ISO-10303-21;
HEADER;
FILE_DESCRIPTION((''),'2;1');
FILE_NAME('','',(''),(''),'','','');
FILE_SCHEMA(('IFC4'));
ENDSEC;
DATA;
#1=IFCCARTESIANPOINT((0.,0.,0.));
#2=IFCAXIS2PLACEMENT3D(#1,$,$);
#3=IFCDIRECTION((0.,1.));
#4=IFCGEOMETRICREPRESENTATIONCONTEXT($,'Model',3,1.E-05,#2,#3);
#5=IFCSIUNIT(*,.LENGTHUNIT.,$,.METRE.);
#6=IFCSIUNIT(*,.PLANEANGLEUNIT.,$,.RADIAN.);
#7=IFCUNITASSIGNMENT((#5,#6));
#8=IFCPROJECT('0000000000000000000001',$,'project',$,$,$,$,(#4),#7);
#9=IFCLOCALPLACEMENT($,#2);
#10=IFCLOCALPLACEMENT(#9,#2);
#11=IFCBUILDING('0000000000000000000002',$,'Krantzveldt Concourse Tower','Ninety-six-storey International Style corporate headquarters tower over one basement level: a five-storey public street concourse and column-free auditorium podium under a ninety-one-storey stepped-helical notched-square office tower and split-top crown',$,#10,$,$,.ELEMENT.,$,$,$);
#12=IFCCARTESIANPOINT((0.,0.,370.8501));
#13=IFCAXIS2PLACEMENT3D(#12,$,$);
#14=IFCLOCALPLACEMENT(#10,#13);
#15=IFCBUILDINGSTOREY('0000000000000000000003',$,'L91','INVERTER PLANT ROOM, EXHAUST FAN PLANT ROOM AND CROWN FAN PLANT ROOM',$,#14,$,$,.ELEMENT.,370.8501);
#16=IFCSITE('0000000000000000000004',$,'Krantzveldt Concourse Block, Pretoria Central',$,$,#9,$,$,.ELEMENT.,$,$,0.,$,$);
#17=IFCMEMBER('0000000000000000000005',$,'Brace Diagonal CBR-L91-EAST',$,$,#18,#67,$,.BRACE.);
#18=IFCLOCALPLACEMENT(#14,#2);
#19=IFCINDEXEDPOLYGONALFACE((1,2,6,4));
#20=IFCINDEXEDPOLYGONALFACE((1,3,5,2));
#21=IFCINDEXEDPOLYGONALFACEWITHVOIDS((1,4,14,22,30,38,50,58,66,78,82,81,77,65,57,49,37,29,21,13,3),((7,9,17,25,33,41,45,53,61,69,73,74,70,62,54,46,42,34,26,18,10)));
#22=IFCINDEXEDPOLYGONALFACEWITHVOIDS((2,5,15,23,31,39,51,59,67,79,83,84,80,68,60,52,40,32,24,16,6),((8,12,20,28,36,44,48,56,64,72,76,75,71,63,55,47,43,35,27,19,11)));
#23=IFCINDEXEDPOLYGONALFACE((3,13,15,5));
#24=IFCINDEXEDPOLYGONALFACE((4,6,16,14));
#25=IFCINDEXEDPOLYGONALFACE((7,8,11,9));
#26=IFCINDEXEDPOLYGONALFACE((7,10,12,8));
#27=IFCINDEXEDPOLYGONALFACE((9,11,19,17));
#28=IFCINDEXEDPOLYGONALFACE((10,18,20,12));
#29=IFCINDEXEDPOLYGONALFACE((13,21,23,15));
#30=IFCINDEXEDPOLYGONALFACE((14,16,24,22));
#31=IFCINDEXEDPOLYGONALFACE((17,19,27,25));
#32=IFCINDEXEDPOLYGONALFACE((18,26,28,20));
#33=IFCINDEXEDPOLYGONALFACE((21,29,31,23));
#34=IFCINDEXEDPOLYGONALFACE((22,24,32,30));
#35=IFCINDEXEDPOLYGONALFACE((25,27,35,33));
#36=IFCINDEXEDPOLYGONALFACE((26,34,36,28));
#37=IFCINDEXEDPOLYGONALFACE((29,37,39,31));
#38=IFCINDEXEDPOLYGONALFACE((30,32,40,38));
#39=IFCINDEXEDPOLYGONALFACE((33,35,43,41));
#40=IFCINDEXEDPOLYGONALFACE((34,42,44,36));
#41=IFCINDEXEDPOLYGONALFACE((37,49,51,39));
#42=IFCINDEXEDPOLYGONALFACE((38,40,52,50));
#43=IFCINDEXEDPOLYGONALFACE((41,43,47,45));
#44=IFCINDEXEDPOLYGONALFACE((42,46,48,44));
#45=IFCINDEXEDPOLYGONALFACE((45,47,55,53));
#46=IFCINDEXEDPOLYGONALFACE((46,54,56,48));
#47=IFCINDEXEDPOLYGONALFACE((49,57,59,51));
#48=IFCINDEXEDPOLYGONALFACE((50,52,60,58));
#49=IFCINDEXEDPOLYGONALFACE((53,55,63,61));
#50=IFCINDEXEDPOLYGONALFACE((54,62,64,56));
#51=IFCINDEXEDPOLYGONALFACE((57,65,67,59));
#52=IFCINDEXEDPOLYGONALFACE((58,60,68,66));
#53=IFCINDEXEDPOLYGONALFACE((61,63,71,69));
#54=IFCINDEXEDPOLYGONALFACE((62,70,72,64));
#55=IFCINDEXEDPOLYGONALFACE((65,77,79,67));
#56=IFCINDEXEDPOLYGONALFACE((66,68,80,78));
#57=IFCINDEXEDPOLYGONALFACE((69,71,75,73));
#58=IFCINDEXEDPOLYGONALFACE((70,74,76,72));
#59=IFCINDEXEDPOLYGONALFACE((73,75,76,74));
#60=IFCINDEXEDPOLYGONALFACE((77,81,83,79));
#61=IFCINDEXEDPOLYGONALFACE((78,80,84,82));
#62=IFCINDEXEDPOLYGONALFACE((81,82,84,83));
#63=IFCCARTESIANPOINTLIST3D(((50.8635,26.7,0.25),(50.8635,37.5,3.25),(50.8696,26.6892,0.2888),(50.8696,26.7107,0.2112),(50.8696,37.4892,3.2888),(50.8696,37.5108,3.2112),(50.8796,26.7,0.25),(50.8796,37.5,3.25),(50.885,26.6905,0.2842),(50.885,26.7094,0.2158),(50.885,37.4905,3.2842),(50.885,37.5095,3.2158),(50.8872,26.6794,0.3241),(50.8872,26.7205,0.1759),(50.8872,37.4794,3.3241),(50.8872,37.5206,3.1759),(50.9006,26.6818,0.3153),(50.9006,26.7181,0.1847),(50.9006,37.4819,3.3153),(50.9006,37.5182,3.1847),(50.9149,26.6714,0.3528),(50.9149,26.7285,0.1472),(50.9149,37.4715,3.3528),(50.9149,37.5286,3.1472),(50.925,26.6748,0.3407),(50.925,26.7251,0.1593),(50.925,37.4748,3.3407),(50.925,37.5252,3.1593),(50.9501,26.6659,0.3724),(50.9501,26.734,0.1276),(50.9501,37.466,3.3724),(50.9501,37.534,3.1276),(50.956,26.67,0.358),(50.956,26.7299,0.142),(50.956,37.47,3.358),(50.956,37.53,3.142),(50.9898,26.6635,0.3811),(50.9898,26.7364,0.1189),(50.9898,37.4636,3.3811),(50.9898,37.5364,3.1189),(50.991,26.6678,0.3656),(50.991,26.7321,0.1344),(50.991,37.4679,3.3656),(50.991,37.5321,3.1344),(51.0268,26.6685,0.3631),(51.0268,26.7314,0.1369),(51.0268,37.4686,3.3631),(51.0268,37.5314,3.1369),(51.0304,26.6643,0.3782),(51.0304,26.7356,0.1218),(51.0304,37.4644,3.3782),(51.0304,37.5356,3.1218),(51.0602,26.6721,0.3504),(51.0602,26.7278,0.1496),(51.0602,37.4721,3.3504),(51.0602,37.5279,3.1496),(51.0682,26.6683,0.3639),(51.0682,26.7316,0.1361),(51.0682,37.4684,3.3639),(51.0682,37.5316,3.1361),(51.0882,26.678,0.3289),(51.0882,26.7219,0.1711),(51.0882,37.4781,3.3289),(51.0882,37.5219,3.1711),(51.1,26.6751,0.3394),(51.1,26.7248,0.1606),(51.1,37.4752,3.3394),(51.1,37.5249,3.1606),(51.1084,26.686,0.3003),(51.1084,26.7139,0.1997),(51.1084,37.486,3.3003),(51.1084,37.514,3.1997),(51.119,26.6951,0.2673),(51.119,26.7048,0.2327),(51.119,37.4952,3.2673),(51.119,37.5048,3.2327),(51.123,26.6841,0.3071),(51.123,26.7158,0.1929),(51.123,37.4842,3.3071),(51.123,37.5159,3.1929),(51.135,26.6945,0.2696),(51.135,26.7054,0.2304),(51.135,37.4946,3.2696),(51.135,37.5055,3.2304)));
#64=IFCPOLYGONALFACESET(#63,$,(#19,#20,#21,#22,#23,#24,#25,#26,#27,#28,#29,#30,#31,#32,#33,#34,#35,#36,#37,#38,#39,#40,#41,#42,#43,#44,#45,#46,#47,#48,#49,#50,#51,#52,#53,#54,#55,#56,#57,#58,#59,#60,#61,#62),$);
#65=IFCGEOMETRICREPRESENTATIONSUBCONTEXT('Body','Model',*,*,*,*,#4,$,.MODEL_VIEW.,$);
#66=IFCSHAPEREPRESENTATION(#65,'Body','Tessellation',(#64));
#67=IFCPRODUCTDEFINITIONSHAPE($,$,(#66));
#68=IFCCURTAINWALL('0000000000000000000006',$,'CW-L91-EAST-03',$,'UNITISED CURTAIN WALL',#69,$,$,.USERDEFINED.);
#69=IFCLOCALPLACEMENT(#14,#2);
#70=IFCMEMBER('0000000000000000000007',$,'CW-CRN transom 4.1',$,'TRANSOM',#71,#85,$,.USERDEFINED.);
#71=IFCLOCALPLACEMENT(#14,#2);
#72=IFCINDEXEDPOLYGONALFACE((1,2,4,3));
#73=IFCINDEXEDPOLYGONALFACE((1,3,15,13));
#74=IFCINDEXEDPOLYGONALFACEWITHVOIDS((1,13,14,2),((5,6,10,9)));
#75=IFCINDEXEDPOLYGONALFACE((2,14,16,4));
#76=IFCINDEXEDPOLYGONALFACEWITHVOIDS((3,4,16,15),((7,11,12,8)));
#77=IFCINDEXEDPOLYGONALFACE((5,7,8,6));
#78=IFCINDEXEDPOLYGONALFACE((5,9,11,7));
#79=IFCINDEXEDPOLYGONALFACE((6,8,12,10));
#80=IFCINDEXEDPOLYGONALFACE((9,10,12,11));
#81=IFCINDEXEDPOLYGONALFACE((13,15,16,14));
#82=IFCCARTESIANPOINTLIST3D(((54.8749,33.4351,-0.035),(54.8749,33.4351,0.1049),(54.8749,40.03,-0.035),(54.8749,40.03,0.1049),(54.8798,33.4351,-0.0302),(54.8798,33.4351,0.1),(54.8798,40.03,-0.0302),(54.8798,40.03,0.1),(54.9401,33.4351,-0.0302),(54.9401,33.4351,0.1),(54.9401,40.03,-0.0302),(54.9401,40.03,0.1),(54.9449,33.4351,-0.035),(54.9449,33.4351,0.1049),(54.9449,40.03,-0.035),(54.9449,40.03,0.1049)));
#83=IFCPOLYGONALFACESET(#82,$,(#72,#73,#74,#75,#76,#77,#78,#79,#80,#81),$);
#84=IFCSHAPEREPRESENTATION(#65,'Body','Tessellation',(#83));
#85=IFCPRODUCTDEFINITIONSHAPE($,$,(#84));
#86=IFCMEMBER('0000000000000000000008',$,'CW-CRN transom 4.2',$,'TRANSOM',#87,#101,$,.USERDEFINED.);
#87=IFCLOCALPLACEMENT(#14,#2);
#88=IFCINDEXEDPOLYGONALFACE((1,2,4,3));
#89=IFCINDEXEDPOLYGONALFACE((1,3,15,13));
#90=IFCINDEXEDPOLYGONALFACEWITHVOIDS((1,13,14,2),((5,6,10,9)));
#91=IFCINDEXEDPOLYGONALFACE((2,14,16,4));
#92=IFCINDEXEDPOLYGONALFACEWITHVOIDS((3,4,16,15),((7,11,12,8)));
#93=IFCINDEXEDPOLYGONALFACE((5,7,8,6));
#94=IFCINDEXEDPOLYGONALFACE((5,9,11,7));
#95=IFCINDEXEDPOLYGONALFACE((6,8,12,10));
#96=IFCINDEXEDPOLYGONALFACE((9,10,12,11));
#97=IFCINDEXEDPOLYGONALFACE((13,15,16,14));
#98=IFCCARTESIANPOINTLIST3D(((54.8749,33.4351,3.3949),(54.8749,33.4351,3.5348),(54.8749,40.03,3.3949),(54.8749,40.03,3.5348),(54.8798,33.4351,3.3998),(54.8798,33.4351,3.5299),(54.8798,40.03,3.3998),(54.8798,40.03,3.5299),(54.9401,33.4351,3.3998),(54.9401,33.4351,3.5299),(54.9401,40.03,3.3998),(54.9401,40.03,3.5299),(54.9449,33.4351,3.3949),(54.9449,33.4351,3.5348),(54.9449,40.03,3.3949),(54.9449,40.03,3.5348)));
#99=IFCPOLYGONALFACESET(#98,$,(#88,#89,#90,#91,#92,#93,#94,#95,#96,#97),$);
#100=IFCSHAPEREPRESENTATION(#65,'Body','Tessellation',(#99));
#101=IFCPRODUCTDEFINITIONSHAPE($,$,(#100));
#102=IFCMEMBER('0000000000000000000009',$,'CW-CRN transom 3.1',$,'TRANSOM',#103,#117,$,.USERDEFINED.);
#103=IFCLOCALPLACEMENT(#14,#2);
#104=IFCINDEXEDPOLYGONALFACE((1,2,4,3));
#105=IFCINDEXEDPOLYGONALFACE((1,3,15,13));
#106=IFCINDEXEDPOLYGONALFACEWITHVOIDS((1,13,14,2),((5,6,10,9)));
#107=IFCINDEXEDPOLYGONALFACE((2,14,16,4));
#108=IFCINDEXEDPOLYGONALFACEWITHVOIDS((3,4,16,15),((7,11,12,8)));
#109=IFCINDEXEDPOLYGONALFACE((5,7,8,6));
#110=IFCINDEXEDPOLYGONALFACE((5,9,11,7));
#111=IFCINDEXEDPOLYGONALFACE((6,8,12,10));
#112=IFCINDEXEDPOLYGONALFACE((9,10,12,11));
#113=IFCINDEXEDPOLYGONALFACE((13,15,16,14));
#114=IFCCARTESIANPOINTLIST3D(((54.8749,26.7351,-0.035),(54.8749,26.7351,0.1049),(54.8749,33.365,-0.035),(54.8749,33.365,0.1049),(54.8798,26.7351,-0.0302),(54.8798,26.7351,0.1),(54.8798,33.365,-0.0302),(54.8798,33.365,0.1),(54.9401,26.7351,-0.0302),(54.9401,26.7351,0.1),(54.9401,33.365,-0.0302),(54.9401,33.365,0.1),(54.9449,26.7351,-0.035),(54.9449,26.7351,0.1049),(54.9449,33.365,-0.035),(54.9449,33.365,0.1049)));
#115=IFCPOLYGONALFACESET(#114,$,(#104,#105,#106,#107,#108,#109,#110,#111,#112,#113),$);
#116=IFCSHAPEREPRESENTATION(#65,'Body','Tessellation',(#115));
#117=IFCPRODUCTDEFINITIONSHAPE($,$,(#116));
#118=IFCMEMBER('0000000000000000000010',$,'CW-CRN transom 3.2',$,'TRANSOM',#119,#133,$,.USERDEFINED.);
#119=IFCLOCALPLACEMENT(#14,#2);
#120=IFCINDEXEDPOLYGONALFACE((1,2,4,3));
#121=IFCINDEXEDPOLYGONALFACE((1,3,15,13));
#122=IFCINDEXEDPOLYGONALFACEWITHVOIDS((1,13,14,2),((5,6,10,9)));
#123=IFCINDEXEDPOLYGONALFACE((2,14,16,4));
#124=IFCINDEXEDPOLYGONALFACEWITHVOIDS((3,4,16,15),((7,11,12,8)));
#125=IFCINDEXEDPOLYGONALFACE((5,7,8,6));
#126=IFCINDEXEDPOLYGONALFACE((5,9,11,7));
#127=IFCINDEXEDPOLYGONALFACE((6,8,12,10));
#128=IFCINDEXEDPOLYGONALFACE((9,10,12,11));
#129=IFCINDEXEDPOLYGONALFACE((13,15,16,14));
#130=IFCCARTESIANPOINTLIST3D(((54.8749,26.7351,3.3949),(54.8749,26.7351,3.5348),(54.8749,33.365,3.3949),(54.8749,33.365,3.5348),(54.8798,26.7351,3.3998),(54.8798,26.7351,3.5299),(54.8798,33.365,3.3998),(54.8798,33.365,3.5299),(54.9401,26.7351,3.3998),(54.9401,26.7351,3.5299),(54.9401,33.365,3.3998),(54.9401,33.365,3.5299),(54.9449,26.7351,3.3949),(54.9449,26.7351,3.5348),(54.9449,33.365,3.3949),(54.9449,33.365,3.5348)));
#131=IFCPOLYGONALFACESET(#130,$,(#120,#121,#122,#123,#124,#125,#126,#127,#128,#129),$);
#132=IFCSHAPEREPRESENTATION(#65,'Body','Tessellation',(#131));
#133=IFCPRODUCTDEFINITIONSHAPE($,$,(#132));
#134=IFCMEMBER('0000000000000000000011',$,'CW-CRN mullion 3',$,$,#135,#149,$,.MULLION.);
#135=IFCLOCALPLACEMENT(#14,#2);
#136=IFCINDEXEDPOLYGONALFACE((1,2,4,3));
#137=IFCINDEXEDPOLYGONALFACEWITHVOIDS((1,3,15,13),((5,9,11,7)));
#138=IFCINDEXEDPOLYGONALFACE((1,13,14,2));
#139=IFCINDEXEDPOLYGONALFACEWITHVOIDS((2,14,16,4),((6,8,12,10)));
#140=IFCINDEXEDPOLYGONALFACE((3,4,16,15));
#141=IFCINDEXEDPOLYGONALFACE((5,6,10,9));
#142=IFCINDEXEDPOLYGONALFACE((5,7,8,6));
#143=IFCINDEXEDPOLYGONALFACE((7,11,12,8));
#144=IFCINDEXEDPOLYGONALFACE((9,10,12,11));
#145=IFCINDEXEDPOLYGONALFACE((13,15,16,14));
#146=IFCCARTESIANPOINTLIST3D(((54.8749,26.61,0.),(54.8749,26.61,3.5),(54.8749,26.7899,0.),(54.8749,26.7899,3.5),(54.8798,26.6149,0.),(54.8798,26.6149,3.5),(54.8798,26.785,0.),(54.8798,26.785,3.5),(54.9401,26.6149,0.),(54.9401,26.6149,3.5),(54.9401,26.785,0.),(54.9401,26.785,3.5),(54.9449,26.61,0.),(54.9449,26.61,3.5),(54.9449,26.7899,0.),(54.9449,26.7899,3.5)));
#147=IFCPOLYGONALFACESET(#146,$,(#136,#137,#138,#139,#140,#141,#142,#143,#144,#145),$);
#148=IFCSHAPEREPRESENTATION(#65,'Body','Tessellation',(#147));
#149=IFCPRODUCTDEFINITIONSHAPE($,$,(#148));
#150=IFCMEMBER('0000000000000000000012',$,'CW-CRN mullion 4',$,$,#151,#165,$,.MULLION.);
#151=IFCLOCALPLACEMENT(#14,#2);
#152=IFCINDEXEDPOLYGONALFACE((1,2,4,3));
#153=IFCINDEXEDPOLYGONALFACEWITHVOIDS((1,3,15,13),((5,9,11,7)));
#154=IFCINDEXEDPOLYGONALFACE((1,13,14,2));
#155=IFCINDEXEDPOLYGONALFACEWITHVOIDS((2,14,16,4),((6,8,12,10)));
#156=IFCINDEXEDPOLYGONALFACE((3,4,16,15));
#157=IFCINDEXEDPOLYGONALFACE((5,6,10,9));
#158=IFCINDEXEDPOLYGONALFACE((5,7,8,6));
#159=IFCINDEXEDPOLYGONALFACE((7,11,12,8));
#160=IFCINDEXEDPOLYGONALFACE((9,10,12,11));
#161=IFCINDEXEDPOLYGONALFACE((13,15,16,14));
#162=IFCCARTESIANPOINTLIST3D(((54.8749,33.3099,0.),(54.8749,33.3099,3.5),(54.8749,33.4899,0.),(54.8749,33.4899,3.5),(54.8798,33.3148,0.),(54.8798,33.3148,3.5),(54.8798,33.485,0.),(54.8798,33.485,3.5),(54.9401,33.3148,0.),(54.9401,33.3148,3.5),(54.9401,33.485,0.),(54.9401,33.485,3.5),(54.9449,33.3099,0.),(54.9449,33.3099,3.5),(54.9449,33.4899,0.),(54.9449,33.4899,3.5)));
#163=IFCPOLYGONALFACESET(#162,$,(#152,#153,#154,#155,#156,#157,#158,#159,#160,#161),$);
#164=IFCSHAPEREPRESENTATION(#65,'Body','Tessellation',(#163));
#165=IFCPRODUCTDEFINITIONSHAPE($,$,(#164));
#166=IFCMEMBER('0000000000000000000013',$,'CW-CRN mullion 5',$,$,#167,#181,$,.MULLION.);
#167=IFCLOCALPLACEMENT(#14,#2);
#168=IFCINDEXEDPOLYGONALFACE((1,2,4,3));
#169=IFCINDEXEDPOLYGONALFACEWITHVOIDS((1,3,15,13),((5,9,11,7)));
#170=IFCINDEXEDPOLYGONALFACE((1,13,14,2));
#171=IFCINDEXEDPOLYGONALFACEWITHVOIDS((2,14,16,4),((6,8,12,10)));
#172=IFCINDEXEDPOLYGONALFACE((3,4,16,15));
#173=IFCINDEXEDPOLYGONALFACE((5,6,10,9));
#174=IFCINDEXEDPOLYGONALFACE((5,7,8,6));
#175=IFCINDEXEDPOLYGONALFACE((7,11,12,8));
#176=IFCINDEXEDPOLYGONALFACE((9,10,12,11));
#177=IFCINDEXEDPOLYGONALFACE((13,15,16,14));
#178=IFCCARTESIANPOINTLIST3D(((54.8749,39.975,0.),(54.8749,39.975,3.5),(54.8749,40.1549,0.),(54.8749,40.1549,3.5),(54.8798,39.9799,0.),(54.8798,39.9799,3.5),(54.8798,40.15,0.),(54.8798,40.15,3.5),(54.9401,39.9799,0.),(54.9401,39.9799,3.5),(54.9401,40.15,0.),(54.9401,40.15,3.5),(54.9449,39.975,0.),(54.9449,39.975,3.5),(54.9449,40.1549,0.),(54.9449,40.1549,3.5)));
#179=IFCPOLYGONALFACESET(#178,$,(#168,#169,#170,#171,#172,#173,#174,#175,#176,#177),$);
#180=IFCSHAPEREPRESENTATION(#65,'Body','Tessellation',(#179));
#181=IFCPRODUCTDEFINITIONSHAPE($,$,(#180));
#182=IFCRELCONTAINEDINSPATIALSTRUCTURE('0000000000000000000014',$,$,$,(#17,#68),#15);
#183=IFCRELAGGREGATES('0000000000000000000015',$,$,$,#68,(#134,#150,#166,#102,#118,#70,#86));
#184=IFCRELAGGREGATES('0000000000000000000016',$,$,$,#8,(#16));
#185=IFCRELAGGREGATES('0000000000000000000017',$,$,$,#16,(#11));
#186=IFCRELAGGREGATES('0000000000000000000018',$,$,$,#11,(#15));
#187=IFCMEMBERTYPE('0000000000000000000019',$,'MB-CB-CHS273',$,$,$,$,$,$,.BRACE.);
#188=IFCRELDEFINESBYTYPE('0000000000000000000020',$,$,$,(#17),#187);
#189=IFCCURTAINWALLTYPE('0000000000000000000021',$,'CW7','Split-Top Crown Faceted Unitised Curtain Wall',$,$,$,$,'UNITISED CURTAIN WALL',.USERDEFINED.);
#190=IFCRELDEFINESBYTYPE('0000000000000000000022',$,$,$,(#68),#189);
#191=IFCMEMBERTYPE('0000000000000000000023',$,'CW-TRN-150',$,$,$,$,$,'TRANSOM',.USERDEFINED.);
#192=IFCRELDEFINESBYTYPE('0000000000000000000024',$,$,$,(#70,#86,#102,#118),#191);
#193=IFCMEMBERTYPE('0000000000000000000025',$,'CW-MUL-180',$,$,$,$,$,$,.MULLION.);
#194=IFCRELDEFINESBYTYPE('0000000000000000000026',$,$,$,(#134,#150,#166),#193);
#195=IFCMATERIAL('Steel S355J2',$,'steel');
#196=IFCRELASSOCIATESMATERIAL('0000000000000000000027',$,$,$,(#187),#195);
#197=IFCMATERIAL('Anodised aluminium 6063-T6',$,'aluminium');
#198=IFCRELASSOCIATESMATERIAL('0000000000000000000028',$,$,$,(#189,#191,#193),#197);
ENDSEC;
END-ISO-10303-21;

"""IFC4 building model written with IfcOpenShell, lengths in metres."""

from ifc_helpers import new_model, si_unit, direction, frame, origin, origin_2d, place, context, subcontext, project, spatial, hollow_rectangle, hollow_circle, extrude, source, transform, mapped, material, material_profile, profile_set, type_object, type_shapes, element, aggregate, save


model = new_model("IFC4")

# Units and contexts
model_context = context("Model", 3, precision=1e-05, world=origin(), true_north=direction((0.0, 1.0)))
body_context = subcontext(model_context, "Body", "Model", "MODEL_VIEW")
ifc_project = project(units=[si_unit("LENGTHUNIT", "METRE"), si_unit("PLANEANGLEUNIT", "RADIAN")], contexts=[model_context])

# Site, building, storey
site_placement = place(None, origin())
site = spatial("IfcSite", under=ifc_project, at=site_placement, Name="Krantzveldt Concourse Block, Pretoria Central", CompositionType="ELEMENT", RefElevation=0.0)
building_placement = place(site_placement, origin())
building = spatial("IfcBuilding", under=site, at=building_placement, Name="Krantzveldt Concourse Tower", Description="Ninety-six-storey International Style corporate headquarters tower over one basement level: a five-storey public street concourse and column-free auditorium podium under a ninety-one-storey stepped-helical notched-square office tower and split-top crown", CompositionType="ELEMENT")
storey_placement = place(building_placement, frame((0.0, 0.0, 370.8501)))
storey = spatial("IfcBuildingStorey", under=building, at=storey_placement, Name="L91", Description="INVERTER PLANT ROOM, EXHAUST FAN PLANT ROOM AND CROWN FAN PLANT ROOM", CompositionType="ELEMENT", Elevation=370.8501)

# Shared definitions
ifc_material_1 = material(Name="Steel S355J2", Category="steel")

# Member
ifc_material_profile_1 = material_profile(ifc_material_1, hollow_circle(Radius=0.1365, WallThickness=0.0161, at=origin_2d()), Name="Steel S355J2", Category="steel")
ifc_profile_set_1 = profile_set([ifc_material_profile_1], Name="Steel S355J2 - CHS 273x16")
member_type_1 = type_object("IfcMemberType", Name="MB-CB-CHS273", PredefinedType="BRACE", material=ifc_profile_set_1)
shared_shape_1 = source(origin(), body_context, "Body", "SweptSolid", [
    extrude(hollow_circle(Radius=0.1365, WallThickness=0.0161, at=origin_2d()), origin(), (0.0, 0.0, 1.0), 11.209),
])
type_shapes(member_type_1, [shared_shape_1])
member_1_placement = place(storey_placement, frame((51.0, 26.7, 0.25), z_axis=(0.0, 0.963518, 0.267643), x_axis=(-1.0, 0.0, 0.0)))
element("IfcMember", 1, at=member_1_placement, inside=storey, type_object=member_type_1, Name="Brace Diagonal CBR-L91-EAST", PredefinedType="BRACE", context=body_context, shape_type="MappedRepresentation", body=[
    mapped(shared_shape_1, transform((0.0, 0.0, 0.0), x_axis=(1.0, 0.0, 0.0), y_axis=(0.0, 1.0, 0.0), z_axis=(0.0, 0.0, 1.0), scale=1.0)),
])

# Curtain wall, members
ifc_material_2 = material(Name="Anodised aluminium 6063-T6", Category="aluminium")
curtain_wall_type = type_object("IfcCurtainWallType", Name="CW7", Description="Split-Top Crown Faceted Unitised Curtain Wall", ElementType="UNITISED CURTAIN WALL", PredefinedType="USERDEFINED", material=ifc_material_2)
curtain_wall_1_placement = place(storey_placement, origin())
curtain_wall_1 = element("IfcCurtainWall", 2, at=curtain_wall_1_placement, inside=storey, type_object=curtain_wall_type, Name="CW-L91-EAST-03", ObjectType="UNITISED CURTAIN WALL", PredefinedType="USERDEFINED")
ifc_material_profile_2 = material_profile(ifc_material_2, hollow_rectangle(XDim=0.0701, YDim=0.1399, WallThickness=0.0049, at=origin_2d()), Name="Anodised aluminium 6063-T6", Category="aluminium")
ifc_profile_set_2 = profile_set([ifc_material_profile_2], Name="Anodised aluminium 6063-T6 - ALU-TRAN 140x70x5")
member_type_2 = type_object("IfcMemberType", Name="CW-TRN-150", ElementType="TRANSOM", PredefinedType="USERDEFINED", material=ifc_profile_set_2)
shared_shape_2 = source(origin(), body_context, "Body", "SweptSolid", [
    extrude(hollow_rectangle(XDim=0.0701, YDim=0.1399, WallThickness=0.0049, at=origin_2d()), origin(), (0.0, 0.0, 1.0), 6.595),
])
member_2_placement = place(storey_placement, frame((54.9099, 33.4351, 0.0349), z_axis=(0.0, 1.0, 0.0), x_axis=(-1.0, 0.0, 0.0)))
member_2 = element("IfcMember", 3, at=member_2_placement, type_object=member_type_2, Name="CW-CRN transom 4.1", ObjectType="TRANSOM", PredefinedType="USERDEFINED", context=body_context, shape_type="MappedRepresentation", body=[
    mapped(shared_shape_2, transform((0.0, 0.0, 0.0), x_axis=(1.0, 0.0, 0.0), y_axis=(0.0, 1.0, 0.0), z_axis=(0.0, 0.0, 1.0), scale=1.0)),
])
member_3_placement = place(storey_placement, frame((54.9099, 33.4351, 3.4648), z_axis=(0.0, 1.0, 0.0), x_axis=(-1.0, 0.0, 0.0)))
member_3 = element("IfcMember", 4, at=member_3_placement, type_object=member_type_2, Name="CW-CRN transom 4.2", ObjectType="TRANSOM", PredefinedType="USERDEFINED", context=body_context, shape_type="MappedRepresentation", body=[
    mapped(shared_shape_2, transform((0.0, 0.0, 0.0), x_axis=(1.0, 0.0, 0.0), y_axis=(0.0, 1.0, 0.0), z_axis=(0.0, 0.0, 1.0), scale=1.0)),
])
shared_shape_3 = source(origin(), body_context, "Body", "SweptSolid", [
    extrude(hollow_rectangle(XDim=0.0701, YDim=0.1399, WallThickness=0.0049, at=origin_2d()), origin(), (0.0, 0.0, 1.0), 6.6299),
])
member_4_placement = place(storey_placement, frame((54.9099, 26.7351, 0.0349), z_axis=(0.0, 1.0, 0.0), x_axis=(-1.0, 0.0, 0.0)))
member_4 = element("IfcMember", 5, at=member_4_placement, type_object=member_type_2, Name="CW-CRN transom 3.1", ObjectType="TRANSOM", PredefinedType="USERDEFINED", context=body_context, shape_type="MappedRepresentation", body=[
    mapped(shared_shape_3, transform((0.0, 0.0, 0.0), x_axis=(1.0, 0.0, 0.0), y_axis=(0.0, 1.0, 0.0), z_axis=(0.0, 0.0, 1.0), scale=1.0)),
])
member_5_placement = place(storey_placement, frame((54.9099, 26.7351, 3.4648), z_axis=(0.0, 1.0, 0.0), x_axis=(-1.0, 0.0, 0.0)))
member_5 = element("IfcMember", 6, at=member_5_placement, type_object=member_type_2, Name="CW-CRN transom 3.2", ObjectType="TRANSOM", PredefinedType="USERDEFINED", context=body_context, shape_type="MappedRepresentation", body=[
    mapped(shared_shape_3, transform((0.0, 0.0, 0.0), x_axis=(1.0, 0.0, 0.0), y_axis=(0.0, 1.0, 0.0), z_axis=(0.0, 0.0, 1.0), scale=1.0)),
])
ifc_material_profile_3 = material_profile(ifc_material_2, hollow_rectangle(XDim=0.0701, YDim=0.1799, WallThickness=0.0049, at=origin_2d()), Name="Anodised aluminium 6063-T6", Category="aluminium")
ifc_profile_set_3 = profile_set([ifc_material_profile_3], Name="Anodised aluminium 6063-T6 - ALU-MULL 180x70x5")
member_type_3 = type_object("IfcMemberType", Name="CW-MUL-180", PredefinedType="MULLION", material=ifc_profile_set_3)
shared_shape_4 = source(origin(), body_context, "Body", "SweptSolid", [
    extrude(hollow_rectangle(XDim=0.0701, YDim=0.1799, WallThickness=0.0049, at=origin_2d()), origin(), (0.0, 0.0, 1.0), 3.5),
])
type_shapes(member_type_3, [shared_shape_4])
member_6_placement = place(storey_placement, frame((54.9099, 26.7, 0.0), z_axis=(0.0, 0.0, 1.0), x_axis=(-1.0, 0.0, 0.0)))
member_6 = element("IfcMember", 7, at=member_6_placement, type_object=member_type_3, Name="CW-CRN mullion 3", PredefinedType="MULLION", context=body_context, shape_type="MappedRepresentation", body=[
    mapped(shared_shape_4, transform((0.0, 0.0, 0.0), x_axis=(1.0, 0.0, 0.0), y_axis=(0.0, 1.0, 0.0), z_axis=(0.0, 0.0, 1.0), scale=1.0)),
])
member_7_placement = place(storey_placement, frame((54.9099, 33.3999, 0.0), z_axis=(0.0, 0.0, 1.0), x_axis=(-1.0, 0.0, 0.0)))
member_7 = element("IfcMember", 8, at=member_7_placement, type_object=member_type_3, Name="CW-CRN mullion 4", PredefinedType="MULLION", context=body_context, shape_type="MappedRepresentation", body=[
    mapped(shared_shape_4, transform((0.0, 0.0, 0.0), x_axis=(1.0, 0.0, 0.0), y_axis=(0.0, 1.0, 0.0), z_axis=(0.0, 0.0, 1.0), scale=1.0)),
])
member_8_placement = place(storey_placement, frame((54.9099, 40.0649, 0.0), z_axis=(0.0, 0.0, 1.0), x_axis=(-1.0, 0.0, 0.0)))
member_8 = element("IfcMember", 9, at=member_8_placement, type_object=member_type_3, Name="CW-CRN mullion 5", PredefinedType="MULLION", context=body_context, shape_type="MappedRepresentation", body=[
    mapped(shared_shape_4, transform((0.0, 0.0, 0.0), x_axis=(1.0, 0.0, 0.0), y_axis=(0.0, 1.0, 0.0), z_axis=(0.0, 0.0, 1.0), scale=1.0)),
])

aggregate(curtain_wall_1, [member_6, member_7, member_8, member_4, member_5, member_2, member_3])

save(model, "model.ifc")
